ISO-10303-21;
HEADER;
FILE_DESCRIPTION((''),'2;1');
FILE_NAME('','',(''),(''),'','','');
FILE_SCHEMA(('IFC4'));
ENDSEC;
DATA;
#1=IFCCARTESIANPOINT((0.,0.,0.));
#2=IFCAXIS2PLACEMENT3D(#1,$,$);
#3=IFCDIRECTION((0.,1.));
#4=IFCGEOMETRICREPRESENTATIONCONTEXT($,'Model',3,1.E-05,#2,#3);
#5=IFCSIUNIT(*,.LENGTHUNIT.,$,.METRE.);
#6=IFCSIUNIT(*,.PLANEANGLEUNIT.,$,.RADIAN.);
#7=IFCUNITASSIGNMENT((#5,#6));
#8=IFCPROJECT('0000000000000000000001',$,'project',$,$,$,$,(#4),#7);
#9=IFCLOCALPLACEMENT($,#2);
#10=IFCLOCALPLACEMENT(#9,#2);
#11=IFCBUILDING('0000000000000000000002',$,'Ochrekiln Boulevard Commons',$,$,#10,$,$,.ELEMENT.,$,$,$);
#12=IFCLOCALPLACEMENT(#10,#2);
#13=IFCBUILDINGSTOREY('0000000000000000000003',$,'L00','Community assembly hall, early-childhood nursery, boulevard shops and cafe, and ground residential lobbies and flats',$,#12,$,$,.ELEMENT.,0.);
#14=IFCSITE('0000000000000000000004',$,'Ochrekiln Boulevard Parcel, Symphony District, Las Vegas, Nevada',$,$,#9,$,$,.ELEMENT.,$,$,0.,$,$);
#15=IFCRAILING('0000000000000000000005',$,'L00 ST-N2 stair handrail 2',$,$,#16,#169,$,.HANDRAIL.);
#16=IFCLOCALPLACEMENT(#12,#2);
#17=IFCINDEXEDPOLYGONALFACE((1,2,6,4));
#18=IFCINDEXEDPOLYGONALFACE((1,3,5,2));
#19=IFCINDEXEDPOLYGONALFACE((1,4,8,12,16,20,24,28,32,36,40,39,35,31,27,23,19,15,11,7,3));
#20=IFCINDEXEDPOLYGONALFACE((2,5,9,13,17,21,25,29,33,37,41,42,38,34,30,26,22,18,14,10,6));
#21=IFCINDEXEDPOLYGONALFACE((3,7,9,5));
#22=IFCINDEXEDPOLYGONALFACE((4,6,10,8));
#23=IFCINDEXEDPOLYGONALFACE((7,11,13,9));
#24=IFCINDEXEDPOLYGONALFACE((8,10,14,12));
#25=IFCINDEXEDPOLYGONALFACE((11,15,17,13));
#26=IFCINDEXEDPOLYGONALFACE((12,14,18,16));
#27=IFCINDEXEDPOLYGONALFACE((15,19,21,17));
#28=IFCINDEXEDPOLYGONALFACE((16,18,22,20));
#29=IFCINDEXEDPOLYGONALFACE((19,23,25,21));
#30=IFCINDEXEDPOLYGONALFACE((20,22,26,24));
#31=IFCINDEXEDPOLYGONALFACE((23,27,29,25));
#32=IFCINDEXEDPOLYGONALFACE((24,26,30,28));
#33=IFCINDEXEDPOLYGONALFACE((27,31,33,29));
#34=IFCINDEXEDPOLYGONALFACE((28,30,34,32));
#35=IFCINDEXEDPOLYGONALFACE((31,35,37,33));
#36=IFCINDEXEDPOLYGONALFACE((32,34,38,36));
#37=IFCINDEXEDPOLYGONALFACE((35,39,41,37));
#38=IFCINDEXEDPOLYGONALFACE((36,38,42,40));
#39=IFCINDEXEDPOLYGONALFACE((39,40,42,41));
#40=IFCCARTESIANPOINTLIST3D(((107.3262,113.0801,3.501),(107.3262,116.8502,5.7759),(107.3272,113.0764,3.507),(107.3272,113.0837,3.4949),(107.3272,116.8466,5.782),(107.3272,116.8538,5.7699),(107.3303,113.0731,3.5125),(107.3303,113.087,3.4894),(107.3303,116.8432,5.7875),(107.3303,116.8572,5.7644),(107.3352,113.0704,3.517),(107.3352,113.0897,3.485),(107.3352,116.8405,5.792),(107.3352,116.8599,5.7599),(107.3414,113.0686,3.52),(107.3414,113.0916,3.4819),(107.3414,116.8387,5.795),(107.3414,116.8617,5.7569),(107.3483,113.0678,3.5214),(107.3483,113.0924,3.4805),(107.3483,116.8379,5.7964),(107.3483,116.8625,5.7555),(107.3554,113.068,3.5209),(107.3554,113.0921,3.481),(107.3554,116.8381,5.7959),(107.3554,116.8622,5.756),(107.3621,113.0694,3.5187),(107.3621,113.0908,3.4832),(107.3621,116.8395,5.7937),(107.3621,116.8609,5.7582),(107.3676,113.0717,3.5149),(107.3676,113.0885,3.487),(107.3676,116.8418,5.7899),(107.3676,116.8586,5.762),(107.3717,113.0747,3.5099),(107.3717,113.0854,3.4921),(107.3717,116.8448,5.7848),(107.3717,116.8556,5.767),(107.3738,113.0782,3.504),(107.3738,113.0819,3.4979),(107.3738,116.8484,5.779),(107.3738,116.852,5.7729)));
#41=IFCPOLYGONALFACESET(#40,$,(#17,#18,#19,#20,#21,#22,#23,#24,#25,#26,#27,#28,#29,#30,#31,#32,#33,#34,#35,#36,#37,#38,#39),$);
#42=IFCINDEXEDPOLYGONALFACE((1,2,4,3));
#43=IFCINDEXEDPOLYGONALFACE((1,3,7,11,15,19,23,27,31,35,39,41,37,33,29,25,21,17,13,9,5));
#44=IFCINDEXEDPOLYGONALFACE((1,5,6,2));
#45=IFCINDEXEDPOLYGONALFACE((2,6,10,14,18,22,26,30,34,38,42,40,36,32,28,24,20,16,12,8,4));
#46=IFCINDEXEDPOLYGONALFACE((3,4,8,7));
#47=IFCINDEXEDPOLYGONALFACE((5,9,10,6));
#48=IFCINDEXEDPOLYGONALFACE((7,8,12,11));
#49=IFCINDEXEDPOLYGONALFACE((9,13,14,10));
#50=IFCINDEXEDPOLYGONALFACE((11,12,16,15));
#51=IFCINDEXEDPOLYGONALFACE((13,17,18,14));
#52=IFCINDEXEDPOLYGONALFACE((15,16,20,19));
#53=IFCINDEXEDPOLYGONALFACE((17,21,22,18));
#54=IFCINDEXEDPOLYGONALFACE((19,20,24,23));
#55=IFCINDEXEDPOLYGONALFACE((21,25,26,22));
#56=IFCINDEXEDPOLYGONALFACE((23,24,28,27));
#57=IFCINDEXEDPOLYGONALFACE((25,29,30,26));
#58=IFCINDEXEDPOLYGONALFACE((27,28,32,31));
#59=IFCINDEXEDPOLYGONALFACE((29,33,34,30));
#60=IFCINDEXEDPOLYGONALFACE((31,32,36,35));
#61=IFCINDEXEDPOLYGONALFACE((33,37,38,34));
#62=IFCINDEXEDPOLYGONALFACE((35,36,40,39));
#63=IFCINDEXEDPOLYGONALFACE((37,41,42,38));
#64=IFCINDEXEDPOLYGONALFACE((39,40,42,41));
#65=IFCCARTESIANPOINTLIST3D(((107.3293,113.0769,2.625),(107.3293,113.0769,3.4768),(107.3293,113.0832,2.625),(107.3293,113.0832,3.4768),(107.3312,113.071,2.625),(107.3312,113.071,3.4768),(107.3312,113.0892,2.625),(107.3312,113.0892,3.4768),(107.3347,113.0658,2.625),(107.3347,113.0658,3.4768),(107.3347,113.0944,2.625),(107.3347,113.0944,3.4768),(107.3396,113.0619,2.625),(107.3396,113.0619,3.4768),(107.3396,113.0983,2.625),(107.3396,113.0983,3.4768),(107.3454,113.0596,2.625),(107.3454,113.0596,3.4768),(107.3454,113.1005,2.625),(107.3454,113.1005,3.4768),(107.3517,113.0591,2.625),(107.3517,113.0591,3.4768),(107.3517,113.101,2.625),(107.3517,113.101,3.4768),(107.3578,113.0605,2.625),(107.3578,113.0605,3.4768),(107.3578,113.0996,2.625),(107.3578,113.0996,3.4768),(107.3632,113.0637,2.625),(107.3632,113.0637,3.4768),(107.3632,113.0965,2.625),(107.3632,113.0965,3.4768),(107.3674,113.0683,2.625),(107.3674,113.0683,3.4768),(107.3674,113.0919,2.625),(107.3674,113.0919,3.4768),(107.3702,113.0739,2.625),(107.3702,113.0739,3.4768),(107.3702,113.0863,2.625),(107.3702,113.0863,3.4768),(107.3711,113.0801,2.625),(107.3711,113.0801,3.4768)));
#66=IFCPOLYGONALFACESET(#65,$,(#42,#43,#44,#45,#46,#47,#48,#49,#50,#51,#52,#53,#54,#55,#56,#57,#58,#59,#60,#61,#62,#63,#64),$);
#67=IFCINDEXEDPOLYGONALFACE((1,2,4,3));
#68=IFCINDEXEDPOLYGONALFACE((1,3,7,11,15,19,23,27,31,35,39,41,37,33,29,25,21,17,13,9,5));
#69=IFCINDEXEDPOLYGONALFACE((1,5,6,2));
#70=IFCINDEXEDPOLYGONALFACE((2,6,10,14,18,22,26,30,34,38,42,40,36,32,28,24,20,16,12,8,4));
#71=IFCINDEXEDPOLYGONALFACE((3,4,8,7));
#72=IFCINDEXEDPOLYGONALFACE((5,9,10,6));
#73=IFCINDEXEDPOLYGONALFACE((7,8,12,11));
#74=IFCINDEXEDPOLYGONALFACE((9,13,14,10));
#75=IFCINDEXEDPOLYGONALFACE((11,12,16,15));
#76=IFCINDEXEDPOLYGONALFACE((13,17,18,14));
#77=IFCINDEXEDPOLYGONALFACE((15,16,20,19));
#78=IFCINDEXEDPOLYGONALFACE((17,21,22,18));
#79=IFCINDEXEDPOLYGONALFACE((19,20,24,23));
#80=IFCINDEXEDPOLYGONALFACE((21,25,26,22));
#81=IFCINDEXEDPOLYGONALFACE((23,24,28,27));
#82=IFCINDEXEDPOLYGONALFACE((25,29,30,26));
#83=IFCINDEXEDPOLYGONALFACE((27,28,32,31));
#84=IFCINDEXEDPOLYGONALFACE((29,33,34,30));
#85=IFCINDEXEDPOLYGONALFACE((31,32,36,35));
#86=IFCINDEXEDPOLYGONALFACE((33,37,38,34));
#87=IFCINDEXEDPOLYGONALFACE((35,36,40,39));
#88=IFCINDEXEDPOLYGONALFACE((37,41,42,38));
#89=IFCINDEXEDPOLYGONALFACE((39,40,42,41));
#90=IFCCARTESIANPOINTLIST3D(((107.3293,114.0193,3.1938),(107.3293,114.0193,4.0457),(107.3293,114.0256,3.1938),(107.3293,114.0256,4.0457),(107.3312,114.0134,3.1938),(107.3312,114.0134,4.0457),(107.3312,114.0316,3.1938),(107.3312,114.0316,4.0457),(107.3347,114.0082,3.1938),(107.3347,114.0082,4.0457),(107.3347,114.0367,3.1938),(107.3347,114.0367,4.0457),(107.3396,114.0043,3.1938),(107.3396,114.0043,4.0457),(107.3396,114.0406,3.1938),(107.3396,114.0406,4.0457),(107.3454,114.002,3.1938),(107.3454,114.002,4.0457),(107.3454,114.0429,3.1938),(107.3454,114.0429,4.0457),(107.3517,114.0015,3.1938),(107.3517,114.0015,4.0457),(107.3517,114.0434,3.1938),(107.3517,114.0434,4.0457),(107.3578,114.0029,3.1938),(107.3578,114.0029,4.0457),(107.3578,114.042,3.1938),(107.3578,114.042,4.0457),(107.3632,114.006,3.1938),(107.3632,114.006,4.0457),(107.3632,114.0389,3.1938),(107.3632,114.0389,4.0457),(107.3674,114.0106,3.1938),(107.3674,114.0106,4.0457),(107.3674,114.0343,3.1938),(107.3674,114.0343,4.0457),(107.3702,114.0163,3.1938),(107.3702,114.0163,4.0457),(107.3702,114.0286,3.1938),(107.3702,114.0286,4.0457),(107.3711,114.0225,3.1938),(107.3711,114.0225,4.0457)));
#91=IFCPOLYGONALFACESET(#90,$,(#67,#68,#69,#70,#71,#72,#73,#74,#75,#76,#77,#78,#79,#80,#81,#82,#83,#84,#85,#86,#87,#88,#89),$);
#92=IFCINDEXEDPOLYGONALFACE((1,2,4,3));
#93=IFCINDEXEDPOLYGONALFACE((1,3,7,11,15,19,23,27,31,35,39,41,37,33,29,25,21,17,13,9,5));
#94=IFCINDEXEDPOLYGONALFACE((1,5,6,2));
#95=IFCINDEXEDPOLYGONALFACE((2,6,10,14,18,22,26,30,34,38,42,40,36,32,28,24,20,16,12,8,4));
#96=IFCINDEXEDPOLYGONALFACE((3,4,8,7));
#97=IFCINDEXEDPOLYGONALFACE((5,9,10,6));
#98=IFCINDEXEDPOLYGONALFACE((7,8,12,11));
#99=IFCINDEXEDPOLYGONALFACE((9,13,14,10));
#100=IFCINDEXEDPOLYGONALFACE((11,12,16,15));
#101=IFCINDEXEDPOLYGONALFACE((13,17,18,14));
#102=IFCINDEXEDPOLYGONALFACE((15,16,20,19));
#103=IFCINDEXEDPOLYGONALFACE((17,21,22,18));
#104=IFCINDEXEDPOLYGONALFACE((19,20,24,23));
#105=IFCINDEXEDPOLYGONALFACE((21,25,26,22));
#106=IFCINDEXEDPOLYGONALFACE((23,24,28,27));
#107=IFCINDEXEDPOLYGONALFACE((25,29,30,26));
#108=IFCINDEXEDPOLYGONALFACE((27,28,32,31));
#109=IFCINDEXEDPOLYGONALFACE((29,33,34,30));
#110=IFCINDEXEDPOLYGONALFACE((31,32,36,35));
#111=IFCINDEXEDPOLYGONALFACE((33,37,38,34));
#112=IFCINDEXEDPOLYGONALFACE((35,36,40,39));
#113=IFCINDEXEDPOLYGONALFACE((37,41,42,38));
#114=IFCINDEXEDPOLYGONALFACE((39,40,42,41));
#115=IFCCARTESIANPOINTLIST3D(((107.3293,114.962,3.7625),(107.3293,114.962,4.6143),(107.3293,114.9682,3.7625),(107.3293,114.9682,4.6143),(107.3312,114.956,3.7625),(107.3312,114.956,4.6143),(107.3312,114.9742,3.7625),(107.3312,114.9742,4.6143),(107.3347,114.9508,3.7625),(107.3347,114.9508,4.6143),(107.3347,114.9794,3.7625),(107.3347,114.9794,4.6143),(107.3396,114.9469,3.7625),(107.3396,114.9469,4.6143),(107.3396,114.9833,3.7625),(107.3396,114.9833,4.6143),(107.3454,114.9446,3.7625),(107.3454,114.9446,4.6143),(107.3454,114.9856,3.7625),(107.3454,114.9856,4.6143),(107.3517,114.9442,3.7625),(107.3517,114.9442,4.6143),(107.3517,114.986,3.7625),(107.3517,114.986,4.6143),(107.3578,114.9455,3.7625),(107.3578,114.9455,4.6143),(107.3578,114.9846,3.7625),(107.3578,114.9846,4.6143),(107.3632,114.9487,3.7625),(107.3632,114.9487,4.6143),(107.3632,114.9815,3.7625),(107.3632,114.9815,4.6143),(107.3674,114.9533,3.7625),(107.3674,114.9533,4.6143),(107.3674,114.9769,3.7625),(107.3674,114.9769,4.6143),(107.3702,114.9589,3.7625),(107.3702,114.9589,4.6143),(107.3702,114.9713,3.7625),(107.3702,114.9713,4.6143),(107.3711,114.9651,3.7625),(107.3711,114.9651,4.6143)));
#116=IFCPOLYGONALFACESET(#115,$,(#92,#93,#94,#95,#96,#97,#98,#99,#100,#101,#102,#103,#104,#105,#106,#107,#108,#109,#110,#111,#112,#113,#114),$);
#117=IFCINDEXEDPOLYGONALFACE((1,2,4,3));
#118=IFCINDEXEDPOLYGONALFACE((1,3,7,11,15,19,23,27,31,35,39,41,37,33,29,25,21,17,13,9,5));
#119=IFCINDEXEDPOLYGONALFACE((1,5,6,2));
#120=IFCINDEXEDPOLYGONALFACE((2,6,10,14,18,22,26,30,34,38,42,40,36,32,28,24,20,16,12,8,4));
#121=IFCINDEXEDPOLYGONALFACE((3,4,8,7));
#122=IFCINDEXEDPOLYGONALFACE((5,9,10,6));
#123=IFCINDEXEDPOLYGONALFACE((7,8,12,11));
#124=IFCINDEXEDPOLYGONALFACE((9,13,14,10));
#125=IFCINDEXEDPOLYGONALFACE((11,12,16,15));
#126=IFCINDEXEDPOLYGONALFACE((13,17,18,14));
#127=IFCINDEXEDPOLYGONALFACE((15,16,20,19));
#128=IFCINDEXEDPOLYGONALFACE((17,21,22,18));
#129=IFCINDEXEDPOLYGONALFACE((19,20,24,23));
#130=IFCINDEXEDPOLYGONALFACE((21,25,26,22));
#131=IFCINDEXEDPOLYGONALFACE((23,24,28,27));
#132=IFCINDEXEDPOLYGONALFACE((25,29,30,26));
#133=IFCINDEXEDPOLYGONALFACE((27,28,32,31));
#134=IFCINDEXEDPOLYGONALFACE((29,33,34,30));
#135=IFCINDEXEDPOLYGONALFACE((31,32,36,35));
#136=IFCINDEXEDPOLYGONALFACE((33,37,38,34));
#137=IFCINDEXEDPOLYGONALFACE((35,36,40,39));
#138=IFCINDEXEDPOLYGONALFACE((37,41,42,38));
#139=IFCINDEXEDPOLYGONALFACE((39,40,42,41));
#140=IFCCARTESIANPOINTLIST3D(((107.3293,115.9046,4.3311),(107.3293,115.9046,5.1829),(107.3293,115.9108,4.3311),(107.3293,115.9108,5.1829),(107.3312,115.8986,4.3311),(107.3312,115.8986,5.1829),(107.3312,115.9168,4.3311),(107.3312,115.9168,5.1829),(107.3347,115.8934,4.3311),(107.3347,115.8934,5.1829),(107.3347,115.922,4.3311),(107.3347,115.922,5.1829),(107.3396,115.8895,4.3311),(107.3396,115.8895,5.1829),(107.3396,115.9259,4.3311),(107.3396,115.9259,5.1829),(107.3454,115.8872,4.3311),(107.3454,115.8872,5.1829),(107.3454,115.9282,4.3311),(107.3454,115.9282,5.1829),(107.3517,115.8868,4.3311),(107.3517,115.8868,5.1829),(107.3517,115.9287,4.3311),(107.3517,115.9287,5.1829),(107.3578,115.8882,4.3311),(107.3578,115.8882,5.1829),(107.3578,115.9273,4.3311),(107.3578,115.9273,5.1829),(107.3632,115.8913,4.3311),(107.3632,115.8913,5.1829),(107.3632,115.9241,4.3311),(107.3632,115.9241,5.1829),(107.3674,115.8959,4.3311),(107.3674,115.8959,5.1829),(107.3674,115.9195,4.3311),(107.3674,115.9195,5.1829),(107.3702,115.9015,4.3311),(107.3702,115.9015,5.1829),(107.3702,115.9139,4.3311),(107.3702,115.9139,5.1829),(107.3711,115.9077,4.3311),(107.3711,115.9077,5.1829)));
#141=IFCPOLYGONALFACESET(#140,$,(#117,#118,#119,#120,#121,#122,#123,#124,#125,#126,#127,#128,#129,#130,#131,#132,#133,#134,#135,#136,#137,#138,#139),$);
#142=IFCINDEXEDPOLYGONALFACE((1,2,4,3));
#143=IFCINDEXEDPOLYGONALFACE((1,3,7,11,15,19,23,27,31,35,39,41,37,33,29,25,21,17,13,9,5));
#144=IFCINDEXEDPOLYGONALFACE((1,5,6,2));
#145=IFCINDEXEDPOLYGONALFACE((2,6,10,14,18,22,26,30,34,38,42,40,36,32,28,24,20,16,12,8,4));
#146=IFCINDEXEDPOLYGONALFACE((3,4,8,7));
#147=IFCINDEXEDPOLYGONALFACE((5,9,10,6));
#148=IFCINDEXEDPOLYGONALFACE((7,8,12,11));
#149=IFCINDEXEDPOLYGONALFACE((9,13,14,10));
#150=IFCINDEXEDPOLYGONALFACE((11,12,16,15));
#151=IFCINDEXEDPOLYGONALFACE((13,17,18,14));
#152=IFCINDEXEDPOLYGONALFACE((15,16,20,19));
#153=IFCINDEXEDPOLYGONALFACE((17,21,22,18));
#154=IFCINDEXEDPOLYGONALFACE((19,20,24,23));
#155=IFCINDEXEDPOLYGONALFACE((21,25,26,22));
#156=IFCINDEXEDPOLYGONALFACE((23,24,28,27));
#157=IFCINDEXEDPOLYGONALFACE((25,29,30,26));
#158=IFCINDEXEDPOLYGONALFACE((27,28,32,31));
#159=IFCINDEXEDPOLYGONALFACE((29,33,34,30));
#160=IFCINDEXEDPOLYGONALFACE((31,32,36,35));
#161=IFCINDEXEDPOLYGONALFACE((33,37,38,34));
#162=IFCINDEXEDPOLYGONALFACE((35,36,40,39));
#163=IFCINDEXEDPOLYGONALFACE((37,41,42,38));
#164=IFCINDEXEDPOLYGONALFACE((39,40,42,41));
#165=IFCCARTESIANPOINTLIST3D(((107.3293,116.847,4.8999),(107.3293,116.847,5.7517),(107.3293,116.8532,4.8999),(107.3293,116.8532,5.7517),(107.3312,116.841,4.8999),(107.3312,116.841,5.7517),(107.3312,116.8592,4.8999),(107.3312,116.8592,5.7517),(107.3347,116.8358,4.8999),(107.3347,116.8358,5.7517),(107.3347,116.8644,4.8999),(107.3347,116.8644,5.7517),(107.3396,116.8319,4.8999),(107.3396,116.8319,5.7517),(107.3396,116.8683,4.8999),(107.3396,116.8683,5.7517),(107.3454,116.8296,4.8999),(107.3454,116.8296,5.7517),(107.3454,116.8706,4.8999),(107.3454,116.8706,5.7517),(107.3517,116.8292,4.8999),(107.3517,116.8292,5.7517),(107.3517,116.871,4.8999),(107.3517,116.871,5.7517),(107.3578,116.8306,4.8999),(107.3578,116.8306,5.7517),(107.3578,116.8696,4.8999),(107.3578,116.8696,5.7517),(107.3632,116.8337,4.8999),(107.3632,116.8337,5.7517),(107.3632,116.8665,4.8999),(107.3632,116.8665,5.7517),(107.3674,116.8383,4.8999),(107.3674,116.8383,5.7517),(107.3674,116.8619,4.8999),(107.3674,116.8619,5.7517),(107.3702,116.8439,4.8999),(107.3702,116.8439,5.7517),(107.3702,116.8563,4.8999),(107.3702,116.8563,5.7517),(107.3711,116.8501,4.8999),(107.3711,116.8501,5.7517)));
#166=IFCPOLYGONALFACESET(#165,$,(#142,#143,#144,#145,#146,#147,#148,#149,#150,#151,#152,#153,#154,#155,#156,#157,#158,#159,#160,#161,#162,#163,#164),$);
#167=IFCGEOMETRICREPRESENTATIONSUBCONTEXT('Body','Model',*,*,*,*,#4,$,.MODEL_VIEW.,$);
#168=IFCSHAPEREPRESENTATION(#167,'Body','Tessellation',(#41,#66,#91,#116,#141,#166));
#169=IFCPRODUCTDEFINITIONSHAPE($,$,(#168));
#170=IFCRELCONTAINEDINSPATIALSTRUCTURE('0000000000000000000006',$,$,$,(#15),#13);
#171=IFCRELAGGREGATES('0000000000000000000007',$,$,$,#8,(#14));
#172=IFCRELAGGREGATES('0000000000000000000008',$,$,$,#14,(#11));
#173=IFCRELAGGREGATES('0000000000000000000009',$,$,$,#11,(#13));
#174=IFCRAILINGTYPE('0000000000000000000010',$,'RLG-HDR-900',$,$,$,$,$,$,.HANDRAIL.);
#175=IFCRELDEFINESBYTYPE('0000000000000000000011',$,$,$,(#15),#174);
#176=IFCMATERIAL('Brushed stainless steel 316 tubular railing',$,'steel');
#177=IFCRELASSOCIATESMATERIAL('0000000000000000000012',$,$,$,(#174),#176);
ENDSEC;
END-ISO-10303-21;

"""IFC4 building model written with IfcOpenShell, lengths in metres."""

from ifc_helpers import new_model, si_unit, direction, frame, origin, origin_2d, place, context, subcontext, project, spatial, circle, extrude, material, type_object, element, save


model = new_model("IFC4")

# Units and contexts
model_context = context("Model", 3, precision=1e-05, world=origin(), true_north=direction((0.0, 1.0)))
body_context = subcontext(model_context, "Body", "Model", "MODEL_VIEW")
ifc_project = project(units=[si_unit("LENGTHUNIT", "METRE"), si_unit("PLANEANGLEUNIT", "RADIAN")], contexts=[model_context])

# Site, building, storey
site_placement = place(None, origin())
site = spatial("IfcSite", under=ifc_project, at=site_placement, Name="Ochrekiln Boulevard Parcel, Symphony District, Las Vegas, Nevada", CompositionType="ELEMENT", RefElevation=0.0)
building_placement = place(site_placement, origin())
building = spatial("IfcBuilding", under=site, at=building_placement, Name="Ochrekiln Boulevard Commons", CompositionType="ELEMENT")
storey_placement = place(building_placement, origin())
storey = spatial("IfcBuildingStorey", under=building, at=storey_placement, Name="L00", Description="Community assembly hall, early-childhood nursery, boulevard shops and cafe, and ground residential lobbies and flats", CompositionType="ELEMENT", Elevation=0.0)

# Railing
ifc_material_1 = material(Name="Brushed stainless steel 316 tubular railing", Category="steel")
railing_type_1 = type_object("IfcRailingType", Name="RLG-HDR-900", PredefinedType="HANDRAIL", material=ifc_material_1)
railing_1_placement = place(storey_placement, frame((107.3501, 113.0801, 2.625)))
element("IfcRailing", 1, at=railing_1_placement, inside=storey, type_object=railing_type_1, Name="L00 ST-N2 stair handrail 2", PredefinedType="HANDRAIL", context=body_context, shape_type="SweptSolid", body=[
    extrude(circle(Radius=0.0239, at=origin_2d()), frame((0.0, 0.0, 0.876), z_axis=(0.0, 0.856199, 0.516647), x_axis=(-1.0, 0.0, 0.0)), (0.0, 0.0, 1.0), 4.4033),
    extrude(circle(Radius=0.021, at=origin_2d()), origin(), (0.0, 0.0, 1.0), 0.8518),
    extrude(circle(Radius=0.021, at=origin_2d()), frame((0.0, 0.9424, 0.5688)), (0.0, 0.0, 1.0), 0.8518),
    extrude(circle(Radius=0.021, at=origin_2d()), frame((0.0, 1.885, 1.1375)), (0.0, 0.0, 1.0), 0.8518),
    extrude(circle(Radius=0.021, at=origin_2d()), frame((0.0, 2.8276, 1.7061)), (0.0, 0.0, 1.0), 0.8518),
    extrude(circle(Radius=0.021, at=origin_2d()), frame((0.0, 3.77, 2.2749)), (0.0, 0.0, 1.0), 0.8518),
])

save(model, "model.ifc")
